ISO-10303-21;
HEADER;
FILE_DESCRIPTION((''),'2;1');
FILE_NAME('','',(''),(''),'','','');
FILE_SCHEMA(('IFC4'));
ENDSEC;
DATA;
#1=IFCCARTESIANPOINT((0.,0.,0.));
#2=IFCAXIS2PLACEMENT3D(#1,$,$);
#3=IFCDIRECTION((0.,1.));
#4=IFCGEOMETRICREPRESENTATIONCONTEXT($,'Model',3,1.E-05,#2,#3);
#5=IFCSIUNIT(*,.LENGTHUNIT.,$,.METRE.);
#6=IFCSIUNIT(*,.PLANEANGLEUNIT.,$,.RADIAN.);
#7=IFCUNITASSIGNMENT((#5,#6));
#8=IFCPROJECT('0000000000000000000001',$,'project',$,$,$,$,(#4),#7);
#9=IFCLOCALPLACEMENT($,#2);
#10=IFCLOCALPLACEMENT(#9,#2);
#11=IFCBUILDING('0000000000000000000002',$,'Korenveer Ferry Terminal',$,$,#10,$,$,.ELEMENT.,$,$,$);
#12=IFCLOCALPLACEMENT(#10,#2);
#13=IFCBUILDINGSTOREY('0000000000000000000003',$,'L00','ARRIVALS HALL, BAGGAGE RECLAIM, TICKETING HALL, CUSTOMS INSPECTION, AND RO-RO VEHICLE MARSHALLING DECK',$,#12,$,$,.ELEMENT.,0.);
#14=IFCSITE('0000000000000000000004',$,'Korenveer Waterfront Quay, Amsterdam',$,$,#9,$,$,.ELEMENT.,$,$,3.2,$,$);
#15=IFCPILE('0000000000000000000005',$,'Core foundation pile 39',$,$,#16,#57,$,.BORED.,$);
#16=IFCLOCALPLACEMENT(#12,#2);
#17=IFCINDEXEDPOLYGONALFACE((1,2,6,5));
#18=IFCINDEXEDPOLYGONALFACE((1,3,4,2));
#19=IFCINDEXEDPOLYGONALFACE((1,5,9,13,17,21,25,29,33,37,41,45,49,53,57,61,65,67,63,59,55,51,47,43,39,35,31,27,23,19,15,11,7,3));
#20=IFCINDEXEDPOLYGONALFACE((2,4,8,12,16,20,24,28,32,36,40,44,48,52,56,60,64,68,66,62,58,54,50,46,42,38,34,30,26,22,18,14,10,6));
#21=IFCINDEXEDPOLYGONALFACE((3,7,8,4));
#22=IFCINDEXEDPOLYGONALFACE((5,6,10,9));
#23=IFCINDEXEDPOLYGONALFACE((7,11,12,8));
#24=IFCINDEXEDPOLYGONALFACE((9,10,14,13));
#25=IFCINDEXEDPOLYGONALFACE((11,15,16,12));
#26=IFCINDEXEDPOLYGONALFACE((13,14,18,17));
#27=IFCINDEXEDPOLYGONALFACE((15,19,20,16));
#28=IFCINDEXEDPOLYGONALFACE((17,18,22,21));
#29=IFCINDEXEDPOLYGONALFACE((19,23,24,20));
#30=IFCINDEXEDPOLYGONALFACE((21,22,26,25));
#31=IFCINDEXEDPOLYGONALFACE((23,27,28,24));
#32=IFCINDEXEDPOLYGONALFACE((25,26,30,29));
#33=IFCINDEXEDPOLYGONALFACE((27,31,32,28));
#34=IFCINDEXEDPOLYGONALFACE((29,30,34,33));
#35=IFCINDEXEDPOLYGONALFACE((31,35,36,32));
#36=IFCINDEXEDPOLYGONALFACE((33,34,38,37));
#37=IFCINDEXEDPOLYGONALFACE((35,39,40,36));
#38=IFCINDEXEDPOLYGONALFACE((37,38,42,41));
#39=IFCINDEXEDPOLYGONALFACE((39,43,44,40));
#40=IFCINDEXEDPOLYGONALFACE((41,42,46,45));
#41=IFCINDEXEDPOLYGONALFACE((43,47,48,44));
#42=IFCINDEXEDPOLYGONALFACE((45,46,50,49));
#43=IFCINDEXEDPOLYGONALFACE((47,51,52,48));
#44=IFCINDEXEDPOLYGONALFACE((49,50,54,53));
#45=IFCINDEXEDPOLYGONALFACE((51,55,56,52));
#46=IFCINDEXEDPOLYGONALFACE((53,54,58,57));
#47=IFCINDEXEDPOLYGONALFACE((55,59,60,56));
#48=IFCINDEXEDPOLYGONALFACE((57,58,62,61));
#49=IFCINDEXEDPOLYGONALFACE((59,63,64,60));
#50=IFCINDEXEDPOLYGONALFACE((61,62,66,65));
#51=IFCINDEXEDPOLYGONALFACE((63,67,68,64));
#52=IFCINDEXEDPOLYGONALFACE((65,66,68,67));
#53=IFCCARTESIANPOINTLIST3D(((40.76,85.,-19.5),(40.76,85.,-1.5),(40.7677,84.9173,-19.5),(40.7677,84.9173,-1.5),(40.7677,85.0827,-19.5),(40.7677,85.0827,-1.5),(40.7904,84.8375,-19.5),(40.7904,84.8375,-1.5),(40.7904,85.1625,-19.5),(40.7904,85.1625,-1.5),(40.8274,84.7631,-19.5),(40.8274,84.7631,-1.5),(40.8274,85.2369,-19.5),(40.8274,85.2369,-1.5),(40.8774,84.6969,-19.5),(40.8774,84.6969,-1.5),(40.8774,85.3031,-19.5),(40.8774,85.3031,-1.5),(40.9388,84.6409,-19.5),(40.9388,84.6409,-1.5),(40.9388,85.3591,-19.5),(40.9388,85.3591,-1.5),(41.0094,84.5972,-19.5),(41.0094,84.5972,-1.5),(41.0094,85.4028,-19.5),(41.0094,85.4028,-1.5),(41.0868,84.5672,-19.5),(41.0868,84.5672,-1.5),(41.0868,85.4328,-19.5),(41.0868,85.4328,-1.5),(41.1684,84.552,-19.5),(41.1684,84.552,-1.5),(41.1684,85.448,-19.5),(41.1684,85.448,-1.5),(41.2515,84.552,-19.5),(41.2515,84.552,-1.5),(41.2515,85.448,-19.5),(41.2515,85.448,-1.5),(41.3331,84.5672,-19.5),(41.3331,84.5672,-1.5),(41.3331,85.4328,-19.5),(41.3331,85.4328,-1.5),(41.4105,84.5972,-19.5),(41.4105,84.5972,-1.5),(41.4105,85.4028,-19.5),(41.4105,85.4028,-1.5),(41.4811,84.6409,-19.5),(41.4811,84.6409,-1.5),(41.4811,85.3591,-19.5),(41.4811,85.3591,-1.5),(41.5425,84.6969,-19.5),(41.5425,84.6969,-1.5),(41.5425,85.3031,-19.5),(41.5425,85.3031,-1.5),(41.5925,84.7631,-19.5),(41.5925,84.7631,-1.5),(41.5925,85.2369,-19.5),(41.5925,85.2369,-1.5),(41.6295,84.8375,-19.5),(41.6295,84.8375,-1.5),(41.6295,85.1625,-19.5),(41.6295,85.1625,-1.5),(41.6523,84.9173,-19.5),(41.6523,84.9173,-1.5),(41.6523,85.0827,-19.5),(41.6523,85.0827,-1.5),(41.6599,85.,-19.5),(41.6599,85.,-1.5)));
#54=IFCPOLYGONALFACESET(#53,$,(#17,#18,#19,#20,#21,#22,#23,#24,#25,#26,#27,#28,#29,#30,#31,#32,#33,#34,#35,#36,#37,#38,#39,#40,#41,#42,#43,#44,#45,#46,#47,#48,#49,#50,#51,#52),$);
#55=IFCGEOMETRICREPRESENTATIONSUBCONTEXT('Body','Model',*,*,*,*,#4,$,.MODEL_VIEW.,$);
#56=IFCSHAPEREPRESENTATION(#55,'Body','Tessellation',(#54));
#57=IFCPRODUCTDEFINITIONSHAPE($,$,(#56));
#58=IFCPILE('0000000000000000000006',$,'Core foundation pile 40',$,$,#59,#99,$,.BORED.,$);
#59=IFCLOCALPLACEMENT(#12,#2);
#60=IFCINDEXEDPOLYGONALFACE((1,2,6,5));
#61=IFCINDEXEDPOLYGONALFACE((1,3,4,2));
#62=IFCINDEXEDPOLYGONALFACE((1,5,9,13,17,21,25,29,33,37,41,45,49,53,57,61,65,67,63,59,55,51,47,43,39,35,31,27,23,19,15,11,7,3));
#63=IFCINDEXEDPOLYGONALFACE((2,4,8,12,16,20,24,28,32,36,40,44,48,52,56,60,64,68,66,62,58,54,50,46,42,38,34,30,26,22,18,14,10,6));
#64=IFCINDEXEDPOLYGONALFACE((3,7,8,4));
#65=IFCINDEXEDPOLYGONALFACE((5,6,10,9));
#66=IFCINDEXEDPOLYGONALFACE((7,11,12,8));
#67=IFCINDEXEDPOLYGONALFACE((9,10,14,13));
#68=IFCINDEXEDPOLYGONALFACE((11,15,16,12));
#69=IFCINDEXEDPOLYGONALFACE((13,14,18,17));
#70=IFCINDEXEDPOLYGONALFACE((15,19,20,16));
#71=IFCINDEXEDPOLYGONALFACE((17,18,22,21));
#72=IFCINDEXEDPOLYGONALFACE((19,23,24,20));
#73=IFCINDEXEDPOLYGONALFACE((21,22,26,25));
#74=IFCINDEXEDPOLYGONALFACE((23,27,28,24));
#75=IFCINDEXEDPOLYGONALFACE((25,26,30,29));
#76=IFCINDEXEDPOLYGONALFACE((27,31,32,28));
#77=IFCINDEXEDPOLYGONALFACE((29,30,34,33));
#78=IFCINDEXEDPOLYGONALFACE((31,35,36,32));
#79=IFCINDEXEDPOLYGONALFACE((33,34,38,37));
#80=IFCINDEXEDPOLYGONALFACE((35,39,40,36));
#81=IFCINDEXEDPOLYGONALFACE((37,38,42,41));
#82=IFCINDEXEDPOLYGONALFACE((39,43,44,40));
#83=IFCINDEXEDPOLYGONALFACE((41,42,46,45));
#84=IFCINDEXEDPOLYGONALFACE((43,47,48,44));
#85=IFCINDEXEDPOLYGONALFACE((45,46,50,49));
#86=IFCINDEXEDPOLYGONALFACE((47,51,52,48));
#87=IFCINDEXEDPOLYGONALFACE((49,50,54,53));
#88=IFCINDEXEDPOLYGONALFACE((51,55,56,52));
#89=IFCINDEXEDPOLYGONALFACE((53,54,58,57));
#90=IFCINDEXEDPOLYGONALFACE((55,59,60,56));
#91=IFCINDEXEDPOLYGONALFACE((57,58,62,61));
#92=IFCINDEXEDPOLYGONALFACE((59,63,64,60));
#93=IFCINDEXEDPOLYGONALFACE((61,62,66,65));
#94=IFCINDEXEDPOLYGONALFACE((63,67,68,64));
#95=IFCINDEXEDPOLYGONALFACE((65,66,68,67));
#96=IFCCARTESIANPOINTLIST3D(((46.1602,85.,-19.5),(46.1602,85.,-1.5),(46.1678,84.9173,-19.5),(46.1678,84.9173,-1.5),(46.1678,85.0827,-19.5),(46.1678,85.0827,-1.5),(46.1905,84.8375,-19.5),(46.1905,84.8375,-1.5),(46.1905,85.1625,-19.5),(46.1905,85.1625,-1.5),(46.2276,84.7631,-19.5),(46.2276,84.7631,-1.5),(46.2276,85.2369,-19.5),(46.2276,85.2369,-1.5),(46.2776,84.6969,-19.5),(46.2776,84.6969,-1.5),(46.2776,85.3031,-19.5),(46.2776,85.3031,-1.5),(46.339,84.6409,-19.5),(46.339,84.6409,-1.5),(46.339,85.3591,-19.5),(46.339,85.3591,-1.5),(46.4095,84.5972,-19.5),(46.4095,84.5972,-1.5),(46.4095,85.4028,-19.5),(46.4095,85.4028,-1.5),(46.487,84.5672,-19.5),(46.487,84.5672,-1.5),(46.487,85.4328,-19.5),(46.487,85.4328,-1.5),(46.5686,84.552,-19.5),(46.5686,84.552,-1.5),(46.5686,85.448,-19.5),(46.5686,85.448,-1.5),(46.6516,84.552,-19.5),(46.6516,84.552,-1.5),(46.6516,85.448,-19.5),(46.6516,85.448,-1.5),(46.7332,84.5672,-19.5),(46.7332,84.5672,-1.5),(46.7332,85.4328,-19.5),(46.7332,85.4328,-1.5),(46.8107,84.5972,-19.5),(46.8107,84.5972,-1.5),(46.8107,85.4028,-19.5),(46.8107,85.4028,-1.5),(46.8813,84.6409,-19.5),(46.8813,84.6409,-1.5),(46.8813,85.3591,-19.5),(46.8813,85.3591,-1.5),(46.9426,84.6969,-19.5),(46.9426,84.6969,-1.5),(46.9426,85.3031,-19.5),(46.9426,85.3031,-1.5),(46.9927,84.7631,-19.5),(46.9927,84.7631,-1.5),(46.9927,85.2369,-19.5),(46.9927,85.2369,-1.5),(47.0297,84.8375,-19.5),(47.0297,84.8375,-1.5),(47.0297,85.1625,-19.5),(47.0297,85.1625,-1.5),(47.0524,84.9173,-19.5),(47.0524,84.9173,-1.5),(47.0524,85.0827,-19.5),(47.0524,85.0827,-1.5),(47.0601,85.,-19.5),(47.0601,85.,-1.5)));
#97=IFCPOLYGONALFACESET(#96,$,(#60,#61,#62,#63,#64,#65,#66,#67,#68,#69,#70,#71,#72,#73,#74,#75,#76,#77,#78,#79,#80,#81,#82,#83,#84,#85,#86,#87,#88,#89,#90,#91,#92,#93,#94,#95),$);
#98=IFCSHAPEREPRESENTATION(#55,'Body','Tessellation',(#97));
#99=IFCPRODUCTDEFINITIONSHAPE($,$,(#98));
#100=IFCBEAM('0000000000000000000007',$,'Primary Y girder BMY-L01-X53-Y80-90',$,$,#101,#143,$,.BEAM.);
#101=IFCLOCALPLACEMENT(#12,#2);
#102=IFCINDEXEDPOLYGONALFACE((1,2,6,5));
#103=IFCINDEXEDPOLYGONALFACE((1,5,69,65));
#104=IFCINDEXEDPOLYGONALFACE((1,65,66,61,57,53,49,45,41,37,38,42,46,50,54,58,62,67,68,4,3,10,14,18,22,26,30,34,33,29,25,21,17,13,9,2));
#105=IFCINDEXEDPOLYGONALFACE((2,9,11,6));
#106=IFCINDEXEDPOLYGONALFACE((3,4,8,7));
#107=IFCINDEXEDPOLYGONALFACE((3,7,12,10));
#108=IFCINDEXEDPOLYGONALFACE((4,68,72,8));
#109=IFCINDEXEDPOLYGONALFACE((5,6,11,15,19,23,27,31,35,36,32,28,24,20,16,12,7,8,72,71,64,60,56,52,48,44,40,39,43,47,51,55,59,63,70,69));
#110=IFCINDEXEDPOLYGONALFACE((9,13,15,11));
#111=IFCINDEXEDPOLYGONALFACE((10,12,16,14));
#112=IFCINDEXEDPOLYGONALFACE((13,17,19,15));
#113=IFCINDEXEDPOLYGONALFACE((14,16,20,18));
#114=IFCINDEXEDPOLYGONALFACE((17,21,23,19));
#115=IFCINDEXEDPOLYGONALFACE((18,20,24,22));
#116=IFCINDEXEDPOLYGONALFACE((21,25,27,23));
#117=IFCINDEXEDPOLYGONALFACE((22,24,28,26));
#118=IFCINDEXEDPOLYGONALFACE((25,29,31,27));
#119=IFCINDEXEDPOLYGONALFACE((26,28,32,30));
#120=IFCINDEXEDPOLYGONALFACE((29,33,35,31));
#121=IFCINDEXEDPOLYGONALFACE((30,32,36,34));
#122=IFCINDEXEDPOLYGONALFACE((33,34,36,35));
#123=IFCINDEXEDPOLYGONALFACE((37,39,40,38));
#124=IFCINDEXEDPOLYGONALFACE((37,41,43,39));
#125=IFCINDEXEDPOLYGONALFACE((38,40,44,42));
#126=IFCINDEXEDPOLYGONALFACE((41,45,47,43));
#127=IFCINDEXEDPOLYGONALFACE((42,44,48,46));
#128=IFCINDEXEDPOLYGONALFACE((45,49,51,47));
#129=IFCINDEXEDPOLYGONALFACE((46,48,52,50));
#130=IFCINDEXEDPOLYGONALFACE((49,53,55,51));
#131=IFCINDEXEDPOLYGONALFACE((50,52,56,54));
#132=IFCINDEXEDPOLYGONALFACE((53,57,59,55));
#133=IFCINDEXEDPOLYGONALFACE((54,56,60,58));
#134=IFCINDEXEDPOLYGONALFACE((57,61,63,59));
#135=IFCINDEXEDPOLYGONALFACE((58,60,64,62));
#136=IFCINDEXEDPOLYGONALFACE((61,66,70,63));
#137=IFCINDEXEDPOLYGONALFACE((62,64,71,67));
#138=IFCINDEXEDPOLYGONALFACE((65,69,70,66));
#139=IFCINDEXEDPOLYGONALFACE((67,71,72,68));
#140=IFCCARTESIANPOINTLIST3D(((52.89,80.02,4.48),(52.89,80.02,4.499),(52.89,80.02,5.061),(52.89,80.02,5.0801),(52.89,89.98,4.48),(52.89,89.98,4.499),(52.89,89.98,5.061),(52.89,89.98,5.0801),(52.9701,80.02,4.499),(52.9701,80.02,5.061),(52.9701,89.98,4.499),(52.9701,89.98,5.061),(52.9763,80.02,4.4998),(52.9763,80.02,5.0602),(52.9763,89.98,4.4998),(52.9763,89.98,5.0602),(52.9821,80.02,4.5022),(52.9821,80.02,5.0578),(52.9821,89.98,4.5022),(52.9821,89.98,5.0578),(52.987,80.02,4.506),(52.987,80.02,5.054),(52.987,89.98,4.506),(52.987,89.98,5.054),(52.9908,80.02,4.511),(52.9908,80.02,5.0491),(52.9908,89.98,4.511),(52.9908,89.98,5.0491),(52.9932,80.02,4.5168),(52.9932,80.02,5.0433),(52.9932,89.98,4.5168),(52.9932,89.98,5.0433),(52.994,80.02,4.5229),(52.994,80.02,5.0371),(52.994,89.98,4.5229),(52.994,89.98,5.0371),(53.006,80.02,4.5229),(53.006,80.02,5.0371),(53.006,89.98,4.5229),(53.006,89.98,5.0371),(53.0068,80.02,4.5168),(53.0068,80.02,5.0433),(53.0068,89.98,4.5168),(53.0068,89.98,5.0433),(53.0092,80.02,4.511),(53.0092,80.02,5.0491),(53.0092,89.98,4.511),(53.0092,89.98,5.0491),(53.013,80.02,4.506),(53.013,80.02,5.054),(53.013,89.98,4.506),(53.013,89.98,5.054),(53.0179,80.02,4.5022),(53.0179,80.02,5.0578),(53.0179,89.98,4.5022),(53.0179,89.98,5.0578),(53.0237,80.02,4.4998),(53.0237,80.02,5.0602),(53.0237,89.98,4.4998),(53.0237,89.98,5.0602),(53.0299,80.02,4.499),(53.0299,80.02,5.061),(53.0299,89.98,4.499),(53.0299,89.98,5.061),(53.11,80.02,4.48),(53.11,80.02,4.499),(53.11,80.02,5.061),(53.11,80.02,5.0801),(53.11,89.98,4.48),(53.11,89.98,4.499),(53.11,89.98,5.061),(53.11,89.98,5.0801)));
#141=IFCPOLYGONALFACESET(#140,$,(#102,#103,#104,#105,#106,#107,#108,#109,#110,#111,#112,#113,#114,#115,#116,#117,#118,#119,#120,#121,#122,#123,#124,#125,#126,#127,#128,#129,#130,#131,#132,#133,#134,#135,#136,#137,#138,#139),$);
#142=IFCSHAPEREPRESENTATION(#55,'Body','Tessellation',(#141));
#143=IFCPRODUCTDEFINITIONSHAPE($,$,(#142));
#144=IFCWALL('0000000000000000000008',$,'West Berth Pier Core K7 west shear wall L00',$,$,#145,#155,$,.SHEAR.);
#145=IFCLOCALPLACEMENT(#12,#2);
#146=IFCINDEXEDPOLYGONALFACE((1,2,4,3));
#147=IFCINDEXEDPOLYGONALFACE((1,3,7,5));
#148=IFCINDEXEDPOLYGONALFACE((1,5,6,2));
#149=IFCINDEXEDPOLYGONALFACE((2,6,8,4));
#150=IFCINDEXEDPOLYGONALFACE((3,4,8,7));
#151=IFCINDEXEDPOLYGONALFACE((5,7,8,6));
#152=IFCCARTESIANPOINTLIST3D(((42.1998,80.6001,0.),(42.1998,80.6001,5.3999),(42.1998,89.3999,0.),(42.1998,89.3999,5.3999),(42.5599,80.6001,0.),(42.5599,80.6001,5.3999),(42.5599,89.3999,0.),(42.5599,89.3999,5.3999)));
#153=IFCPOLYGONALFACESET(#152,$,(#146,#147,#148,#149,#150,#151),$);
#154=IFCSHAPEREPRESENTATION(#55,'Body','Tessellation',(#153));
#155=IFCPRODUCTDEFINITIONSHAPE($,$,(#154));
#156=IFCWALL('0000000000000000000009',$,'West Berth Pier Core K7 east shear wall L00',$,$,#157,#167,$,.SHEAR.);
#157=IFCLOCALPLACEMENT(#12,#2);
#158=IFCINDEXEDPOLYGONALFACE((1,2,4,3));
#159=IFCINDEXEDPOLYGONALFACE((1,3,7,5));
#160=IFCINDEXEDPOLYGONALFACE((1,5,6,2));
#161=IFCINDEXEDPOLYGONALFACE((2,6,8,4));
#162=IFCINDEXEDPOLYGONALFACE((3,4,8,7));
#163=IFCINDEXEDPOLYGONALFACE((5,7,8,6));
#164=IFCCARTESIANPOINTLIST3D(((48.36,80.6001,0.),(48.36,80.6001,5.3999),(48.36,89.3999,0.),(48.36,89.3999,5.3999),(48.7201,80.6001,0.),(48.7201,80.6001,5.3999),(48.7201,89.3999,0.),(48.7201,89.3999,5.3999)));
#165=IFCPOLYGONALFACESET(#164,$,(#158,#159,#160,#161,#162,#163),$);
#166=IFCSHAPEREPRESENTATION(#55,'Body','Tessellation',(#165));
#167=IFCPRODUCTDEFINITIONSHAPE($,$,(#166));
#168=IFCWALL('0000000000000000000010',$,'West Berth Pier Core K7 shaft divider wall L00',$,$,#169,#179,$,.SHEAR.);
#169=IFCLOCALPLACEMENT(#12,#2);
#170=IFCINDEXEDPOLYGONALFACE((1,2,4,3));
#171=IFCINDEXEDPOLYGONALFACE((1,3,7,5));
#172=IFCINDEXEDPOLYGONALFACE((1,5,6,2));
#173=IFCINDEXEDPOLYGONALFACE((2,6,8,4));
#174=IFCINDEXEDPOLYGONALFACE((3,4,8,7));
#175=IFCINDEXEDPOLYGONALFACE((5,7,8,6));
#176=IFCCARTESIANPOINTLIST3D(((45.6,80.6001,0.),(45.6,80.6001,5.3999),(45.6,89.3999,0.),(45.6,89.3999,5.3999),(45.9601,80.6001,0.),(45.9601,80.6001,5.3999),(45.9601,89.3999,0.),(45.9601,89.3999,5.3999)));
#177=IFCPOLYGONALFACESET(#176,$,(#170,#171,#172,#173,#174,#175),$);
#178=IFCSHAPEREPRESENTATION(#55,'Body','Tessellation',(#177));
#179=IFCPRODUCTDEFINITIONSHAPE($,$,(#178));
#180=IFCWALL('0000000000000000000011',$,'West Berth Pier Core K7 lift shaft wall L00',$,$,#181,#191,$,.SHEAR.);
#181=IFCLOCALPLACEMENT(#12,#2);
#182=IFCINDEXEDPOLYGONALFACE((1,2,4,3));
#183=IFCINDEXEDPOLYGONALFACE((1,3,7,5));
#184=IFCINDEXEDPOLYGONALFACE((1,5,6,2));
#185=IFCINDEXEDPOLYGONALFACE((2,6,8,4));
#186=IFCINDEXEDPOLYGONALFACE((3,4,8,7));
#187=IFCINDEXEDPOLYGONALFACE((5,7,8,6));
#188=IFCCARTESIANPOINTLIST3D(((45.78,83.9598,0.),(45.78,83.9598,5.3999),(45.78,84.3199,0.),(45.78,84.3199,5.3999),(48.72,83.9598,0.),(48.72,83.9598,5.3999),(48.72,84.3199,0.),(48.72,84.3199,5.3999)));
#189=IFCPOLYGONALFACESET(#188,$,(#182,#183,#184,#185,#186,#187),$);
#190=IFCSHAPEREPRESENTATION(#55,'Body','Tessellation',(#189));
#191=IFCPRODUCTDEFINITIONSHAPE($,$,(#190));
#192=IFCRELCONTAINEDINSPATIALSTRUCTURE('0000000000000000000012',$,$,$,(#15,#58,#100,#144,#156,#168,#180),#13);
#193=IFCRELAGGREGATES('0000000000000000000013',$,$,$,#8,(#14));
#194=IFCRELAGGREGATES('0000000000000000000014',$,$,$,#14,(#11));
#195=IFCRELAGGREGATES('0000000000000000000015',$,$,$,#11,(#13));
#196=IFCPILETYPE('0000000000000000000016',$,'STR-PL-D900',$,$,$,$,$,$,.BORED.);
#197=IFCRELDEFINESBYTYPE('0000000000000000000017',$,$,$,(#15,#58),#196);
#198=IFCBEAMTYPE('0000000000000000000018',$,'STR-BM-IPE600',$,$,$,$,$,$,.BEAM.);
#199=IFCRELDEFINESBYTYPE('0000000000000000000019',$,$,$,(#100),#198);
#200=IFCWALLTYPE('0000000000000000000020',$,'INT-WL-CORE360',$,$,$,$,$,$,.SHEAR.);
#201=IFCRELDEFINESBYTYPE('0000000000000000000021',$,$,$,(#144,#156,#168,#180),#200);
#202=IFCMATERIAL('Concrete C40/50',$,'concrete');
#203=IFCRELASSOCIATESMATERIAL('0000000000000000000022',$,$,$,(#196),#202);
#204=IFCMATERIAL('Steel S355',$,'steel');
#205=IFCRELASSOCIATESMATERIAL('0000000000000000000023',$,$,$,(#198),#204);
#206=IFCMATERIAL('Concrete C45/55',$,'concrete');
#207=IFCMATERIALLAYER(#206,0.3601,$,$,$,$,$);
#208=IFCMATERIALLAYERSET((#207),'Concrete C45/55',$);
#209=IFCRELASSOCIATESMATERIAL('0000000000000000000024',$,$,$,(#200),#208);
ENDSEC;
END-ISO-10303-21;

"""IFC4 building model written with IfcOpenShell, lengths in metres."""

from ifc_helpers import new_model, si_unit, direction, frame, frame_2d, origin, origin_2d, place, context, subcontext, project, spatial, rectangle, circle, i_section, extrude, material, layer, layer_set, material_profile, profile_set, type_object, element, save


model = new_model("IFC4")

# Units and contexts
model_context = context("Model", 3, precision=1e-05, world=origin(), true_north=direction((0.0, 1.0)))
body_context = subcontext(model_context, "Body", "Model", "MODEL_VIEW")
ifc_project = project(units=[si_unit("LENGTHUNIT", "METRE"), si_unit("PLANEANGLEUNIT", "RADIAN")], contexts=[model_context])

# Site, building, storey
site_placement = place(None, origin())
site = spatial("IfcSite", under=ifc_project, at=site_placement, Name="Korenveer Waterfront Quay, Amsterdam", CompositionType="ELEMENT", RefElevation=3.2)
building_placement = place(site_placement, origin())
building = spatial("IfcBuilding", under=site, at=building_placement, Name="Korenveer Ferry Terminal", CompositionType="ELEMENT")
storey_placement = place(building_placement, origin())
storey = spatial("IfcBuildingStorey", under=building, at=storey_placement, Name="L00", Description="ARRIVALS HALL, BAGGAGE RECLAIM, TICKETING HALL, CUSTOMS INSPECTION, AND RO-RO VEHICLE MARSHALLING DECK", CompositionType="ELEMENT", Elevation=0.0)

# Shared definitions
ifc_material_1 = material(Name="Concrete C40/50", Category="concrete")
ifc_material_2 = material(Name="Concrete C45/55", Category="concrete")

# Piles
ifc_material_profile_1 = material_profile(ifc_material_1, circle(Radius=0.45, at=origin_2d()), Name="PILE D900")
ifc_profile_set_1 = profile_set([ifc_material_profile_1], Name="Concrete C40/50")
pile_type_1 = type_object("IfcPileType", Name="STR-PL-D900", PredefinedType="BORED", material=ifc_profile_set_1)
for number, where, z_axis, x_axis, name in (
    (1, (41.21, 85.0, -1.5), (0.0, 0.0, -1.0), (1.0, 0.0, 0.0), "Core foundation pile 39"),
    (2, (46.6101, 85.0, -1.5), (0.0, 0.0, -1.0), (1.0, 0.0, 0.0), "Core foundation pile 40"),
):
    element("IfcPile", number, at=place(storey_placement, frame(where, z_axis=z_axis, x_axis=x_axis)), inside=storey, type_object=pile_type_1, Name=name, PredefinedType="BORED", context=body_context, shape_type="SweptSolid", body=[
        extrude(circle(Radius=0.45, at=origin_2d()), origin(), (0.0, 0.0, 1.0), 18.0),
    ])

# Beam
ifc_material_3 = material(Name="Steel S355", Category="steel")
ifc_material_profile_2 = material_profile(ifc_material_3, i_section(OverallWidth=0.22, OverallDepth=0.6001, WebThickness=0.012, FlangeThickness=0.019, FilletRadius=0.0239, at=origin_2d()), Name="IPE 600")
ifc_profile_set_2 = profile_set([ifc_material_profile_2], Name="Steel S355")
beam_type = type_object("IfcBeamType", Name="STR-BM-IPE600", PredefinedType="BEAM", material=ifc_profile_set_2)
beam_placement = place(storey_placement, frame((53.0, 80.02, 4.78), z_axis=(0.0, 1.0, 0.0), x_axis=(-1.0, 0.0, 0.0)))
element("IfcBeam", 3, at=beam_placement, inside=storey, type_object=beam_type, Name="Primary Y girder BMY-L01-X53-Y80-90", PredefinedType="BEAM", context=body_context, shape_type="SweptSolid", body=[
    extrude(i_section(OverallWidth=0.22, OverallDepth=0.6001, WebThickness=0.012, FlangeThickness=0.019, FilletRadius=0.0239, at=origin_2d()), origin(), (0.0, 0.0, 1.0), 9.96),
])

# Shared definitions
ifc_layer = layer(ifc_material_2, 0.3601)
ifc_layer_set = layer_set([ifc_layer], Name="Concrete C45/55")
wall_type = type_object("IfcWallType", Name="INT-WL-CORE360", PredefinedType="SHEAR", material=ifc_layer_set)

# Walls
for number, where, z_axis, x_axis, name in (
    (4, (42.3799, 80.6001, 0.0), (0.0, 0.0, 1.0), (0.0, 1.0, 0.0), "West Berth Pier Core K7 west shear wall L00"),
    (5, (48.54, 80.6001, 0.0), (0.0, 0.0, 1.0), (0.0, 1.0, 0.0), "West Berth Pier Core K7 east shear wall L00"),
    (6, (45.78, 80.6001, 0.0), (0.0, 0.0, 1.0), (0.0, 1.0, 0.0), "West Berth Pier Core K7 shaft divider wall L00"),
):
    element("IfcWall", number, at=place(storey_placement, frame(where, z_axis=z_axis, x_axis=x_axis)), inside=storey, type_object=wall_type, Name=name, PredefinedType="SHEAR", context=body_context, shape_type="SweptSolid", body=[
        extrude(rectangle(XDim=8.7998, YDim=0.3601, at=frame_2d((4.3999, 0.0))), origin(), (0.0, 0.0, 1.0), 5.3999),
    ])
wall_1_placement = place(storey_placement, frame((45.78, 84.1399, 0.0), z_axis=(0.0, 0.0, 1.0), x_axis=(1.0, 0.0, 0.0)))
element("IfcWall", 7, at=wall_1_placement, inside=storey, type_object=wall_type, Name="West Berth Pier Core K7 lift shaft wall L00", PredefinedType="SHEAR", context=body_context, shape_type="SweptSolid", body=[
    extrude(rectangle(XDim=2.9399, YDim=0.3601, at=frame_2d((1.47, 0.0))), origin(), (0.0, 0.0, 1.0), 5.3999),
])

save(model, "model.ifc")
